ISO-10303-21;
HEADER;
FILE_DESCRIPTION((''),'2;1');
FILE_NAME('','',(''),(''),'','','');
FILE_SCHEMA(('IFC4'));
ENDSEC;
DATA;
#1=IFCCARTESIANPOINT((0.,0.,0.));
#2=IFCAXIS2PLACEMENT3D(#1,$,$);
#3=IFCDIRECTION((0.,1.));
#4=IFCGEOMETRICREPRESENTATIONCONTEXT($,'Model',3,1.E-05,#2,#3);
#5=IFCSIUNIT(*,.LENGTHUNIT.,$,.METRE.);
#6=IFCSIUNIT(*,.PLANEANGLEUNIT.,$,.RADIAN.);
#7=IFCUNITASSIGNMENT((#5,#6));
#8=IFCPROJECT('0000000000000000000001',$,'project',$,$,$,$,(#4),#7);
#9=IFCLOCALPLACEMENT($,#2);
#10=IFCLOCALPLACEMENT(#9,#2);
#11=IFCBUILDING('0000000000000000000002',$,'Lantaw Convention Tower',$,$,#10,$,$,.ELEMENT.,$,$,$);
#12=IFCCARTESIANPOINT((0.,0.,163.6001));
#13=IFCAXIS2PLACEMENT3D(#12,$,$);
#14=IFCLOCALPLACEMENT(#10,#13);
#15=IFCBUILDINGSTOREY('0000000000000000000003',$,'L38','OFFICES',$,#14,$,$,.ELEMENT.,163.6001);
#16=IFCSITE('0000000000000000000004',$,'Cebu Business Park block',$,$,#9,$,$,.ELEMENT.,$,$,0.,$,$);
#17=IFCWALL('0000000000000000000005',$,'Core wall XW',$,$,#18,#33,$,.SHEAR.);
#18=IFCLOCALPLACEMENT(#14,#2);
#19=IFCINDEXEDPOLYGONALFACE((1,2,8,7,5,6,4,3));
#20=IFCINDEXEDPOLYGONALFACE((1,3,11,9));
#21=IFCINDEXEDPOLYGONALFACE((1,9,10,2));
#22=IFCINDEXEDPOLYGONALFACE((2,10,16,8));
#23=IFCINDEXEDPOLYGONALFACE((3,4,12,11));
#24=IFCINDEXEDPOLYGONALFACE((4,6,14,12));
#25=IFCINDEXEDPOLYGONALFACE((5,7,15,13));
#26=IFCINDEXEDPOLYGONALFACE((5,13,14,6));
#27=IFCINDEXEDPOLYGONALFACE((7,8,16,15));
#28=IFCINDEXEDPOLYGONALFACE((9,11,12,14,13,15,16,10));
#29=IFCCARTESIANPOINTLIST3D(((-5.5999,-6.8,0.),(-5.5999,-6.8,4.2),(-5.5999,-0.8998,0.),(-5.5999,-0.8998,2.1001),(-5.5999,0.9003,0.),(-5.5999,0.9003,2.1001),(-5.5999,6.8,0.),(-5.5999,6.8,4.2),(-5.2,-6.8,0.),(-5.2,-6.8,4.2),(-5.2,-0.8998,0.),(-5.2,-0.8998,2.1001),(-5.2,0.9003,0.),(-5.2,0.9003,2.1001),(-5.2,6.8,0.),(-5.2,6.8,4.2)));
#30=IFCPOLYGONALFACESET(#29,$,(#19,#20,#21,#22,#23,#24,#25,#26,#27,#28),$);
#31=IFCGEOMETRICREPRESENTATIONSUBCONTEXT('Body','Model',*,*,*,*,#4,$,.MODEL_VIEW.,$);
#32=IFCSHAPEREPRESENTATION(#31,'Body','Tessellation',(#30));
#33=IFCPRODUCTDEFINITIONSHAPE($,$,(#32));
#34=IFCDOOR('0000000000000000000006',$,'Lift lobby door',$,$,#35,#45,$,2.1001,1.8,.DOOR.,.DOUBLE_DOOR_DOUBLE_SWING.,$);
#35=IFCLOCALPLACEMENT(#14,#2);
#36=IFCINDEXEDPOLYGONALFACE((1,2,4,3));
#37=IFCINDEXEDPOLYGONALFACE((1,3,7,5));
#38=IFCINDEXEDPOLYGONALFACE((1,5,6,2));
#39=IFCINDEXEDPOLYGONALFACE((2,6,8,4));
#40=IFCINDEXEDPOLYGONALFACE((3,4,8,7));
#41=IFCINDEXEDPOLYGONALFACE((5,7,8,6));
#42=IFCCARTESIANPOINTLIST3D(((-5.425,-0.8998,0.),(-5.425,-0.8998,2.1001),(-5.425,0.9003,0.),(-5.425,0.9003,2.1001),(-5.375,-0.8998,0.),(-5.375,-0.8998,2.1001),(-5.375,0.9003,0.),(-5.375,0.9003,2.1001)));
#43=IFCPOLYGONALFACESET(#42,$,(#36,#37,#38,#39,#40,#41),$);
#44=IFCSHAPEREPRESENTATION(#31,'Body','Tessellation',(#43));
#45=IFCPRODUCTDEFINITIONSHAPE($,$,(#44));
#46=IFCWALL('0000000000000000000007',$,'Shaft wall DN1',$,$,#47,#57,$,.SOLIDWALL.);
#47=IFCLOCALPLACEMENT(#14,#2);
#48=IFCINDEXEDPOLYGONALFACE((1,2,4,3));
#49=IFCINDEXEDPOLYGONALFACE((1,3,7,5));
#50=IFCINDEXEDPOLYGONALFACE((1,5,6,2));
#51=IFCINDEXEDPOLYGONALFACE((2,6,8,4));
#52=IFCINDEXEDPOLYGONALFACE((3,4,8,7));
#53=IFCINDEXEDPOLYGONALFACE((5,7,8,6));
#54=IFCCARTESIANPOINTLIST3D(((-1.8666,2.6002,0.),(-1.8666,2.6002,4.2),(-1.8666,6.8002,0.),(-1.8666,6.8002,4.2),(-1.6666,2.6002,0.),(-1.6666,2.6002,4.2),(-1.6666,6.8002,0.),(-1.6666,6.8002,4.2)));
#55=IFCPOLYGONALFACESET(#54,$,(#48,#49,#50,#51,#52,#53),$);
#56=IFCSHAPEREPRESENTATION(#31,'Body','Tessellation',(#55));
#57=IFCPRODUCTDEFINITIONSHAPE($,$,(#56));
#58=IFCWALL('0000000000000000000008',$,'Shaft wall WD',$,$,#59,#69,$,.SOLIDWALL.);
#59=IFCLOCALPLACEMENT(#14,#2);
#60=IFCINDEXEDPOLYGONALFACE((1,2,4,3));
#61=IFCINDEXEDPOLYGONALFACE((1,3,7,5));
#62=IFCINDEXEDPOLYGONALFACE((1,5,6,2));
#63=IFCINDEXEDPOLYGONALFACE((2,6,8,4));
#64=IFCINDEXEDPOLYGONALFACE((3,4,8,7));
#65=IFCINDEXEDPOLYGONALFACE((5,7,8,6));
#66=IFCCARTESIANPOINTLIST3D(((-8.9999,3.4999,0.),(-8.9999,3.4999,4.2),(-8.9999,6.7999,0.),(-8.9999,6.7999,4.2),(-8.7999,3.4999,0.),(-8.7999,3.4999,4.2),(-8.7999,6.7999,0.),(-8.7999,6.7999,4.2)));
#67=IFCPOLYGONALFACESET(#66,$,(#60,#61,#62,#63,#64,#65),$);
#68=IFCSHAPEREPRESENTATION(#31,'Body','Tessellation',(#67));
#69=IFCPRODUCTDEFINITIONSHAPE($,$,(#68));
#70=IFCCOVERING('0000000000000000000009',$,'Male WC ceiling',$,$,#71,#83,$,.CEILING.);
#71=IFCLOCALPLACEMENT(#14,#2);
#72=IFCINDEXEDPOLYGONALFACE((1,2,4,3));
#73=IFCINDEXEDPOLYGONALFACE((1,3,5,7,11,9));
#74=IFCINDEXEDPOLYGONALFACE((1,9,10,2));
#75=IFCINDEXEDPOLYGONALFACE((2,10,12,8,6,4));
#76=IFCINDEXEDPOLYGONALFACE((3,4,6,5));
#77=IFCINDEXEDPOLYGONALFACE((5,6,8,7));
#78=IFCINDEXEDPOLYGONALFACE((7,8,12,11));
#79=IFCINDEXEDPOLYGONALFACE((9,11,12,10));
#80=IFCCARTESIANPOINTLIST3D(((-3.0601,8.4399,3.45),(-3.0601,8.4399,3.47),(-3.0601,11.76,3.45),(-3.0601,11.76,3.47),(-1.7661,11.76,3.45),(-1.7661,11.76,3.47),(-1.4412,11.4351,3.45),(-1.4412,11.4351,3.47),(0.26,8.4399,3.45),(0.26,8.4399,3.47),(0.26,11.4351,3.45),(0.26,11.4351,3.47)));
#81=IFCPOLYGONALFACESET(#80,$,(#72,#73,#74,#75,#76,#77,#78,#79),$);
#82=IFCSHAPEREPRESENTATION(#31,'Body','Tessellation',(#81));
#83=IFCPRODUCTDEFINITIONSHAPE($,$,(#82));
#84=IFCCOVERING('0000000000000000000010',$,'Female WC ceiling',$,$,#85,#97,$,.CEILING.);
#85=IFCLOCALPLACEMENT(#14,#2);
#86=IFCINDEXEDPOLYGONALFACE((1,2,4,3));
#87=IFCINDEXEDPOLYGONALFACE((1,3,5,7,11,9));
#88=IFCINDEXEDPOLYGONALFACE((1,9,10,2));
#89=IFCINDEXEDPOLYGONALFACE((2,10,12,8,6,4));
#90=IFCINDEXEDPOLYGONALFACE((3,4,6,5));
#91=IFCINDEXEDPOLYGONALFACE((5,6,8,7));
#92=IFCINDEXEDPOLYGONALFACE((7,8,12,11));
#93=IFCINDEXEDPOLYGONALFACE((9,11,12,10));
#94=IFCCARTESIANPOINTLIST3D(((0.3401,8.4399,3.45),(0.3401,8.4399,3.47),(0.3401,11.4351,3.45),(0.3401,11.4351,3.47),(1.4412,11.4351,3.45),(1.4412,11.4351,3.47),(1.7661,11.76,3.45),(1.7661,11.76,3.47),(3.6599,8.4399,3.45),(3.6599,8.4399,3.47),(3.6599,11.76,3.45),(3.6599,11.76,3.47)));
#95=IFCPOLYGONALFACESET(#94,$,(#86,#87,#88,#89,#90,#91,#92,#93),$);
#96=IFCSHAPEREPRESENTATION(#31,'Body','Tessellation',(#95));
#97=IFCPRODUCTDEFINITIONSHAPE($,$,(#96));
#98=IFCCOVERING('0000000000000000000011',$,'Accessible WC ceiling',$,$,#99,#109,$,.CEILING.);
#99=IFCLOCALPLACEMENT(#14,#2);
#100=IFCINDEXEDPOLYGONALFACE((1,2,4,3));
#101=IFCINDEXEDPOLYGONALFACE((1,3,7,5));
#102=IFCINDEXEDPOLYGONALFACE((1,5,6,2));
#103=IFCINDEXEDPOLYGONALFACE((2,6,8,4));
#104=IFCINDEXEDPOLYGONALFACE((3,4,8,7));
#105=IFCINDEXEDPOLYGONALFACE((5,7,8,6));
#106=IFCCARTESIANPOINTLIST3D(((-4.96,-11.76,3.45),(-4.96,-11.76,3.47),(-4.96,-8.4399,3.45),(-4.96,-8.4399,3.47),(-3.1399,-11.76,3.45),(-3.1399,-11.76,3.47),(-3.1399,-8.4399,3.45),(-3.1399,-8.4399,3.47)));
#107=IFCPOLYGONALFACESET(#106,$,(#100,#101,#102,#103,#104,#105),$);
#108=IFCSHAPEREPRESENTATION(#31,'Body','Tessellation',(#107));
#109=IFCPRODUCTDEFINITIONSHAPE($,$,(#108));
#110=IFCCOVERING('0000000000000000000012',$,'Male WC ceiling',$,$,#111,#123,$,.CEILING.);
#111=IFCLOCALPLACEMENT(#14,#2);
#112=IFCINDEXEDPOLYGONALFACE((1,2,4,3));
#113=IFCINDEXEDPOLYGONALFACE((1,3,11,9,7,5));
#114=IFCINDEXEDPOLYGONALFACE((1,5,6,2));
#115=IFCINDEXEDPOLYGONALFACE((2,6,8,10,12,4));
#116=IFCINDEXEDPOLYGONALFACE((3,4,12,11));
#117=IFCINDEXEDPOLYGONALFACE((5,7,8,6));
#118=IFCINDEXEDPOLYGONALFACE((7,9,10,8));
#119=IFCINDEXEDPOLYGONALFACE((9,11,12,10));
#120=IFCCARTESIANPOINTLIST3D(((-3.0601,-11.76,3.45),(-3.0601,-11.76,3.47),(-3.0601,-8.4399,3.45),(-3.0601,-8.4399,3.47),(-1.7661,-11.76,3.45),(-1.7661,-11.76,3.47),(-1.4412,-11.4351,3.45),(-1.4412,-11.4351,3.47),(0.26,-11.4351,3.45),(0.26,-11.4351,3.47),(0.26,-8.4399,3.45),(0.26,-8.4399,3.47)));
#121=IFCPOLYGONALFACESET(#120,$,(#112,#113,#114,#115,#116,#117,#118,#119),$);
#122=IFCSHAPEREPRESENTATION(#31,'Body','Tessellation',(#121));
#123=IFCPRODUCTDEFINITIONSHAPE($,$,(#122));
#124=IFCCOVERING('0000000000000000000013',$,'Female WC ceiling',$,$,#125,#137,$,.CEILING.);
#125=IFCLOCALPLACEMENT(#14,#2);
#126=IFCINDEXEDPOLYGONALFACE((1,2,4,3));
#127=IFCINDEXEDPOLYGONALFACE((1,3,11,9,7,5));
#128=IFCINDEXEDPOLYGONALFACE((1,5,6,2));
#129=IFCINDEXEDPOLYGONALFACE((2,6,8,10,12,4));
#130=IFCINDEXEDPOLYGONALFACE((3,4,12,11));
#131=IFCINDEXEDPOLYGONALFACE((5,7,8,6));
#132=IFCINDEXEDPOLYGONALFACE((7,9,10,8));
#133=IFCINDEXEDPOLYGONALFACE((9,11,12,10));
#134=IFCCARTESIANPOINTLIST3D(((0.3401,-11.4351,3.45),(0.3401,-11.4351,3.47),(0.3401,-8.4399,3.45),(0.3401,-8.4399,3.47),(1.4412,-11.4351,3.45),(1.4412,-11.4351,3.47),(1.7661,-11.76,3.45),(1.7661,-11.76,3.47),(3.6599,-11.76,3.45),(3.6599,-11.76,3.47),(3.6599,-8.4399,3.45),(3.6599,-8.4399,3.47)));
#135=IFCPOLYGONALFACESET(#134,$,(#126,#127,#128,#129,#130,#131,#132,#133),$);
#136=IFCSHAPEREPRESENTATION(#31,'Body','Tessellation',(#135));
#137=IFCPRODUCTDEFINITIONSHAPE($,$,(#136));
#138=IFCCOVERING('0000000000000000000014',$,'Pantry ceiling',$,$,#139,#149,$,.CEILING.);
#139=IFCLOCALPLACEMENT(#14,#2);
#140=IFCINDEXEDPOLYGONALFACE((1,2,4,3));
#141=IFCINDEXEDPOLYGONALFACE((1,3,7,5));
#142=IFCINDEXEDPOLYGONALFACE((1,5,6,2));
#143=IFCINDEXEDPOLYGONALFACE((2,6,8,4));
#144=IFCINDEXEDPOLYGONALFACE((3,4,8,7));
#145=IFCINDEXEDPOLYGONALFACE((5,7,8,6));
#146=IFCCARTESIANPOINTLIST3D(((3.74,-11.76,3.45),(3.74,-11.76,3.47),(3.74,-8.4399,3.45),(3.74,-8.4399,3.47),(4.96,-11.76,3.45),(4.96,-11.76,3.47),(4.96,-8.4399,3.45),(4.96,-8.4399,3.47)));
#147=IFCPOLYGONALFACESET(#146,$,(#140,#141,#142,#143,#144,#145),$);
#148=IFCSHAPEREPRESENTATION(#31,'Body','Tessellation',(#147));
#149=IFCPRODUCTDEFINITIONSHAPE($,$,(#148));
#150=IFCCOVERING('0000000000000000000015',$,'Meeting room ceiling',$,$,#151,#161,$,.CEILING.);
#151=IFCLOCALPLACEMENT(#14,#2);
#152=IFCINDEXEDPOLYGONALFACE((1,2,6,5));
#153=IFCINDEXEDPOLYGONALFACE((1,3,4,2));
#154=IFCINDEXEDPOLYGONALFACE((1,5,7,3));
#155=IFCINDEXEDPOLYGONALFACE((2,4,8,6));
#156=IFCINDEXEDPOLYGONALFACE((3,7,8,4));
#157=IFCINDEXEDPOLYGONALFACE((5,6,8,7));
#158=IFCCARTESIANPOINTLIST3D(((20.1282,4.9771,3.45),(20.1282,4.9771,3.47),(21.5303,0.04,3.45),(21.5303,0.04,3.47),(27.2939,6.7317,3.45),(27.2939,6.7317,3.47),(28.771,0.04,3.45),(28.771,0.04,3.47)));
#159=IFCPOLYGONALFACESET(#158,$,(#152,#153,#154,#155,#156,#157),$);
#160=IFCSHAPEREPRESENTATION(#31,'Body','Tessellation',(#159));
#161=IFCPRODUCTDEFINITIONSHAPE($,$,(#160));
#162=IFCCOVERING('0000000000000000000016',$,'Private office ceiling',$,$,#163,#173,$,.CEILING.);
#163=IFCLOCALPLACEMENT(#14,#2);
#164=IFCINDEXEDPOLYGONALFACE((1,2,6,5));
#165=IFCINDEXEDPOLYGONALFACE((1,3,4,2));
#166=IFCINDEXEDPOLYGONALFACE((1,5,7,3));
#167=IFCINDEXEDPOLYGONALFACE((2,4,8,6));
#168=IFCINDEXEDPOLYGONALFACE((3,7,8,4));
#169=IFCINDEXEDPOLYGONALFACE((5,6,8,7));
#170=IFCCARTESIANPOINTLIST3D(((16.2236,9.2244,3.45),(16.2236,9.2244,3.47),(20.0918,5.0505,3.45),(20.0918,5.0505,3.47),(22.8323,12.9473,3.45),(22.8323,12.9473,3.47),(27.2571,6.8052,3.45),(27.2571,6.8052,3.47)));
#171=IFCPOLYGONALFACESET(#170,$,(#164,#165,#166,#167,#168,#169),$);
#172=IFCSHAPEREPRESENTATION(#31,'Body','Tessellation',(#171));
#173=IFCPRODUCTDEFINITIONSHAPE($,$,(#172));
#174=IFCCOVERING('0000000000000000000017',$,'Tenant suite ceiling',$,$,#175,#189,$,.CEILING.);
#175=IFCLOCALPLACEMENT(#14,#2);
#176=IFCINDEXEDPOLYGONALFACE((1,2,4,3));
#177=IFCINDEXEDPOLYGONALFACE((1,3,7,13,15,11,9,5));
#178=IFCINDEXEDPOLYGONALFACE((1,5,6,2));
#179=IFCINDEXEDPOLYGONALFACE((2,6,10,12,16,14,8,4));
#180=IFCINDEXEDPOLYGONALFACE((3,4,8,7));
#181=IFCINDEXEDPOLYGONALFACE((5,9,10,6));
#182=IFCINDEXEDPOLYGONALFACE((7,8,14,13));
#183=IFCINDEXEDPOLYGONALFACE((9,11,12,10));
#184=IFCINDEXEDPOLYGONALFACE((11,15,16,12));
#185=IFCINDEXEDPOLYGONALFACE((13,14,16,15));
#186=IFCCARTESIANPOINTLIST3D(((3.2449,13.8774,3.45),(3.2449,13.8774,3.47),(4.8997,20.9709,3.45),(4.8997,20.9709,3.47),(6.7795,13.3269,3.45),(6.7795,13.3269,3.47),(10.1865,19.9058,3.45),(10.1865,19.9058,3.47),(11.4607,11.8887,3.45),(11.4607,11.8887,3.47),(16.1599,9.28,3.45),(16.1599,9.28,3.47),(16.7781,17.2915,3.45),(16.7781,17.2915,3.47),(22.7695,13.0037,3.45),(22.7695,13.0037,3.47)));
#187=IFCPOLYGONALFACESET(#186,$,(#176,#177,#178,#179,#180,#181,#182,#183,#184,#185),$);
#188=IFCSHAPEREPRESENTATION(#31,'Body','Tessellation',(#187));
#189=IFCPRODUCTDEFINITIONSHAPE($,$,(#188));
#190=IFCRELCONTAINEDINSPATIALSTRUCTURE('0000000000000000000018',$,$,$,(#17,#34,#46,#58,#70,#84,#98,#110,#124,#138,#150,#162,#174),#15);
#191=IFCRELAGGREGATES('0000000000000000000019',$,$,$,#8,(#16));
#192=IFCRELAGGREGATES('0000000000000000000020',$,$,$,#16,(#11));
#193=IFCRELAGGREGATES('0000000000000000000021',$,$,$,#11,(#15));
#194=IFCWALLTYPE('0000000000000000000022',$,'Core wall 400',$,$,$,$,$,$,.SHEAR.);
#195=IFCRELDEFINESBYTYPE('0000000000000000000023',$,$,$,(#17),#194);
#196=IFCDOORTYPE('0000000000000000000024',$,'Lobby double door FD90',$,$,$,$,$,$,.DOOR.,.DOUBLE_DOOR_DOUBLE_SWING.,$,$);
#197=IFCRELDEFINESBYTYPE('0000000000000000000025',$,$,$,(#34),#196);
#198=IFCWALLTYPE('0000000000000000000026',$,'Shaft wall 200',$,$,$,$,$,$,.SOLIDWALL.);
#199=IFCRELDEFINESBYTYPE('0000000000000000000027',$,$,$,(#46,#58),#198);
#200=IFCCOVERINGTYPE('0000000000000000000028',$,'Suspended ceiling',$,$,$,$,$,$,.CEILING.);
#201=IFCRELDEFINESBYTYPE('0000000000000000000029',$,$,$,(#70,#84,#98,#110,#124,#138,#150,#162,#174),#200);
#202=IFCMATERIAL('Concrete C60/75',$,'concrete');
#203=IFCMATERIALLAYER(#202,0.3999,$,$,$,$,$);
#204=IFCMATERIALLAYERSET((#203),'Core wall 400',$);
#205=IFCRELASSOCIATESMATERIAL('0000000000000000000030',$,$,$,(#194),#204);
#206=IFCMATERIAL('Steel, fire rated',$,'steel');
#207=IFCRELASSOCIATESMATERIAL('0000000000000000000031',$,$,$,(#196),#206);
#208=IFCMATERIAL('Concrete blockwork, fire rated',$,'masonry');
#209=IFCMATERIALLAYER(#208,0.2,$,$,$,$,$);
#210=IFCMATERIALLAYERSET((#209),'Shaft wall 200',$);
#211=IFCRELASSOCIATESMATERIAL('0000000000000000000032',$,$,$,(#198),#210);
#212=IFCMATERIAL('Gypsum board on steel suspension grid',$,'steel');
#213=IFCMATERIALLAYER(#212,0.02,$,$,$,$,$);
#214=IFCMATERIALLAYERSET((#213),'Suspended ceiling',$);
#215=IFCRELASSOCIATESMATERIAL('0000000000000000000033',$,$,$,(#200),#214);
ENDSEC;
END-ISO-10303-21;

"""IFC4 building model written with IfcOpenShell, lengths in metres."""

from ifc_helpers import new_model, si_unit, direction, frame, frame_2d, origin, place, context, subcontext, project, spatial, polyline, rectangle, outline, extrude, material, layer, layer_set, type_object, element, fill, save


model = new_model("IFC4")

# Units and contexts
model_context = context("Model", 3, precision=1e-05, world=origin(), true_north=direction((0.0, 1.0)))
body_context = subcontext(model_context, "Body", "Model", "MODEL_VIEW")
ifc_project = project(units=[si_unit("LENGTHUNIT", "METRE"), si_unit("PLANEANGLEUNIT", "RADIAN")], contexts=[model_context])

# Site, building, storey
site_placement = place(None, origin())
site = spatial("IfcSite", under=ifc_project, at=site_placement, Name="Cebu Business Park block", CompositionType="ELEMENT", RefElevation=0.0)
building_placement = place(site_placement, origin())
building = spatial("IfcBuilding", under=site, at=building_placement, Name="Lantaw Convention Tower", CompositionType="ELEMENT")
storey_placement = place(building_placement, frame((0.0, 0.0, 163.6001)))
storey = spatial("IfcBuildingStorey", under=building, at=storey_placement, Name="L38", Description="OFFICES", CompositionType="ELEMENT", Elevation=163.6001)

# Wall, opening, door
ifc_material_1 = material(Name="Concrete C60/75", Category="concrete")
ifc_layer_1 = layer(ifc_material_1, 0.3999)
ifc_layer_set_1 = layer_set([ifc_layer_1], Name="Core wall 400")
wall_type_1 = type_object("IfcWallType", Name="Core wall 400", PredefinedType="SHEAR", material=ifc_layer_set_1)
wall_1_placement = place(storey_placement, frame((-5.3999, 6.8, 0.0), z_axis=(0.0, 0.0, 1.0), x_axis=(0.0, -1.0, 0.0)))
wall_1 = element("IfcWall", 1, at=wall_1_placement, inside=storey, type_object=wall_type_1, Name="Core wall XW", PredefinedType="SHEAR", context=body_context, shape_type="SweptSolid", body=[
    extrude(rectangle(XDim=13.6001, YDim=0.3999, at=frame_2d((6.8, 0.0))), origin(), (0.0, 0.0, 1.0), 4.2),
])
opening_placement = place(wall_1_placement, frame((5.8999, 0.0, 0.0)))
opening = element("IfcOpeningElement", 2, at=opening_placement, cuts=wall_1, PredefinedType="OPENING", context=body_context, shape_type="SweptSolid", body=[
    extrude(rectangle(XDim=1.8, YDim=2.1001, at=frame_2d((0.8999, 1.05))), frame((0.0, 0.21, 0.0), z_axis=(0.0, -1.0, 0.0), x_axis=(1.0, 0.0, 0.0)), (0.0, 0.0, 1.0), 0.4199),
])
ifc_material_2 = material(Name="Steel, fire rated", Category="steel")
door_type = type_object("IfcDoorType", Name="Lobby double door FD90", OperationType="DOUBLE_DOOR_DOUBLE_SWING", PredefinedType="DOOR", material=ifc_material_2)
door_placement = place(opening_placement, origin())
door = element("IfcDoor", 3, at=door_placement, inside=storey, type_object=door_type, Name="Lift lobby door", OperationType="DOUBLE_DOOR_DOUBLE_SWING", OverallHeight=2.1001, OverallWidth=1.8, PredefinedType="DOOR", context=body_context, shape_type="SweptSolid", body=[
    extrude(rectangle(XDim=1.8, YDim=2.1001, at=frame_2d((0.8999, 1.05))), frame((0.0, 0.0249, 0.0), z_axis=(0.0, -1.0, 0.0), x_axis=(1.0, 0.0, 0.0)), (0.0, 0.0, 1.0), 0.05),
])
fill(opening, door)

# Walls
ifc_material_3 = material(Name="Concrete blockwork, fire rated", Category="masonry")
ifc_layer_2 = layer(ifc_material_3, 0.2)
ifc_layer_set_2 = layer_set([ifc_layer_2], Name="Shaft wall 200")
wall_type_2 = type_object("IfcWallType", Name="Shaft wall 200", PredefinedType="SOLIDWALL", material=ifc_layer_set_2)
wall_2_placement = place(storey_placement, frame((-1.7666, 2.6001, 0.0), z_axis=(0.0, 0.0, 1.0), x_axis=(0.0, 1.0, 0.0)))
element("IfcWall", 4, at=wall_2_placement, inside=storey, type_object=wall_type_2, Name="Shaft wall DN1", PredefinedType="SOLIDWALL", context=body_context, shape_type="SweptSolid", body=[
    extrude(rectangle(XDim=4.2, YDim=0.2, at=frame_2d((2.1001, 0.0))), origin(), (0.0, 0.0, 1.0), 4.2),
])
wall_3_placement = place(storey_placement, frame((-8.8999, 3.5, 0.0), z_axis=(0.0, 0.0, 1.0), x_axis=(0.0, 1.0, 0.0)))
element("IfcWall", 5, at=wall_3_placement, inside=storey, type_object=wall_type_2, Name="Shaft wall WD", PredefinedType="SOLIDWALL", context=body_context, shape_type="SweptSolid", body=[
    extrude(rectangle(XDim=3.3, YDim=0.2, at=frame_2d((1.6499, 0.0))), origin(), (0.0, 0.0, 1.0), 4.2),
])

# Coverings
ifc_material_4 = material(Name="Gypsum board on steel suspension grid", Category="steel")
ifc_layer_3 = layer(ifc_material_4, 0.02)
ifc_layer_set_3 = layer_set([ifc_layer_3], Name="Suspended ceiling")
covering_type = type_object("IfcCoveringType", Name="Suspended ceiling", PredefinedType="CEILING", material=ifc_layer_set_3)
covering_1_placement = place(storey_placement, frame((0.0, 0.0, 3.45)))
element("IfcCovering", 6, at=covering_1_placement, inside=storey, type_object=covering_type, Name="Male WC ceiling", PredefinedType="CEILING", context=body_context, shape_type="SweptSolid", body=[
    extrude(outline(polyline([(-3.0601, 11.76), (-3.0601, 8.4399), (0.26, 8.4399), (0.26, 11.4351), (-1.4412, 11.4351), (-1.7661, 11.76), (-3.0601, 11.76)])), origin(), (0.0, 0.0, 1.0), 0.02),
])
covering_2_placement = place(storey_placement, frame((0.0, 0.0, 3.45)))
element("IfcCovering", 7, at=covering_2_placement, inside=storey, type_object=covering_type, Name="Female WC ceiling", PredefinedType="CEILING", context=body_context, shape_type="SweptSolid", body=[
    extrude(outline(polyline([(0.3401, 11.4351), (0.3401, 8.4399), (3.6599, 8.4399), (3.6599, 11.76), (1.7661, 11.76), (1.4412, 11.4351), (0.3401, 11.4351)])), origin(), (0.0, 0.0, 1.0), 0.02),
])
covering_3_placement = place(storey_placement, frame((0.0, 0.0, 3.45)))
element("IfcCovering", 8, at=covering_3_placement, inside=storey, type_object=covering_type, Name="Accessible WC ceiling", PredefinedType="CEILING", context=body_context, shape_type="SweptSolid", body=[
    extrude(outline(polyline([(-4.96, -11.76), (-3.1399, -11.76), (-3.1399, -8.4399), (-4.96, -8.4399), (-4.96, -11.76)])), origin(), (0.0, 0.0, 1.0), 0.02),
])
covering_4_placement = place(storey_placement, frame((0.0, 0.0, 3.45)))
element("IfcCovering", 9, at=covering_4_placement, inside=storey, type_object=covering_type, Name="Male WC ceiling", PredefinedType="CEILING", context=body_context, shape_type="SweptSolid", body=[
    extrude(outline(polyline([(-3.0601, -8.4399), (-3.0601, -11.76), (-1.7661, -11.76), (-1.4412, -11.4351), (0.26, -11.4351), (0.26, -8.4399), (-3.0601, -8.4399)])), origin(), (0.0, 0.0, 1.0), 0.02),
])
covering_5_placement = place(storey_placement, frame((0.0, 0.0, 3.45)))
element("IfcCovering", 10, at=covering_5_placement, inside=storey, type_object=covering_type, Name="Female WC ceiling", PredefinedType="CEILING", context=body_context, shape_type="SweptSolid", body=[
    extrude(outline(polyline([(0.3401, -8.4399), (0.3401, -11.4351), (1.4412, -11.4351), (1.7661, -11.76), (3.6599, -11.76), (3.6599, -8.4399), (0.3401, -8.4399)])), origin(), (0.0, 0.0, 1.0), 0.02),
])
covering_6_placement = place(storey_placement, frame((0.0, 0.0, 3.45)))
element("IfcCovering", 11, at=covering_6_placement, inside=storey, type_object=covering_type, Name="Pantry ceiling", PredefinedType="CEILING", context=body_context, shape_type="SweptSolid", body=[
    extrude(outline(polyline([(3.74, -11.76), (4.96, -11.76), (4.96, -8.4399), (3.74, -8.4399), (3.74, -11.76)])), origin(), (0.0, 0.0, 1.0), 0.02),
])
covering_7_placement = place(storey_placement, frame((0.0, 0.0, 3.45)))
element("IfcCovering", 12, at=covering_7_placement, inside=storey, type_object=covering_type, Name="Meeting room ceiling", PredefinedType="CEILING", context=body_context, shape_type="SweptSolid", body=[
    extrude(outline(polyline([(21.5303, 0.04), (28.771, 0.04), (27.2939, 6.7317), (20.1282, 4.9771), (21.5303, 0.04)])), origin(), (0.0, 0.0, 1.0), 0.02),
])
covering_8_placement = place(storey_placement, frame((0.0, 0.0, 3.45)))
element("IfcCovering", 13, at=covering_8_placement, inside=storey, type_object=covering_type, Name="Private office ceiling", PredefinedType="CEILING", context=body_context, shape_type="SweptSolid", body=[
    extrude(outline(polyline([(20.0918, 5.0505), (27.2571, 6.8052), (22.8323, 12.9473), (16.2236, 9.2244), (20.0918, 5.0505)])), origin(), (0.0, 0.0, 1.0), 0.02),
])
covering_9_placement = place(storey_placement, frame((0.0, 0.0, 3.45)))
element("IfcCovering", 14, at=covering_9_placement, inside=storey, type_object=covering_type, Name="Tenant suite ceiling", PredefinedType="CEILING", context=body_context, shape_type="SweptSolid", body=[
    extrude(outline(polyline([(16.1599, 9.28), (22.7695, 13.0037), (16.7781, 17.2915), (10.1865, 19.9058), (4.8997, 20.9709), (3.2449, 13.8774), (6.7795, 13.3269), (11.4607, 11.8887), (16.1599, 9.28)])), origin(), (0.0, 0.0, 1.0), 0.02),
])

save(model, "model.ifc")
